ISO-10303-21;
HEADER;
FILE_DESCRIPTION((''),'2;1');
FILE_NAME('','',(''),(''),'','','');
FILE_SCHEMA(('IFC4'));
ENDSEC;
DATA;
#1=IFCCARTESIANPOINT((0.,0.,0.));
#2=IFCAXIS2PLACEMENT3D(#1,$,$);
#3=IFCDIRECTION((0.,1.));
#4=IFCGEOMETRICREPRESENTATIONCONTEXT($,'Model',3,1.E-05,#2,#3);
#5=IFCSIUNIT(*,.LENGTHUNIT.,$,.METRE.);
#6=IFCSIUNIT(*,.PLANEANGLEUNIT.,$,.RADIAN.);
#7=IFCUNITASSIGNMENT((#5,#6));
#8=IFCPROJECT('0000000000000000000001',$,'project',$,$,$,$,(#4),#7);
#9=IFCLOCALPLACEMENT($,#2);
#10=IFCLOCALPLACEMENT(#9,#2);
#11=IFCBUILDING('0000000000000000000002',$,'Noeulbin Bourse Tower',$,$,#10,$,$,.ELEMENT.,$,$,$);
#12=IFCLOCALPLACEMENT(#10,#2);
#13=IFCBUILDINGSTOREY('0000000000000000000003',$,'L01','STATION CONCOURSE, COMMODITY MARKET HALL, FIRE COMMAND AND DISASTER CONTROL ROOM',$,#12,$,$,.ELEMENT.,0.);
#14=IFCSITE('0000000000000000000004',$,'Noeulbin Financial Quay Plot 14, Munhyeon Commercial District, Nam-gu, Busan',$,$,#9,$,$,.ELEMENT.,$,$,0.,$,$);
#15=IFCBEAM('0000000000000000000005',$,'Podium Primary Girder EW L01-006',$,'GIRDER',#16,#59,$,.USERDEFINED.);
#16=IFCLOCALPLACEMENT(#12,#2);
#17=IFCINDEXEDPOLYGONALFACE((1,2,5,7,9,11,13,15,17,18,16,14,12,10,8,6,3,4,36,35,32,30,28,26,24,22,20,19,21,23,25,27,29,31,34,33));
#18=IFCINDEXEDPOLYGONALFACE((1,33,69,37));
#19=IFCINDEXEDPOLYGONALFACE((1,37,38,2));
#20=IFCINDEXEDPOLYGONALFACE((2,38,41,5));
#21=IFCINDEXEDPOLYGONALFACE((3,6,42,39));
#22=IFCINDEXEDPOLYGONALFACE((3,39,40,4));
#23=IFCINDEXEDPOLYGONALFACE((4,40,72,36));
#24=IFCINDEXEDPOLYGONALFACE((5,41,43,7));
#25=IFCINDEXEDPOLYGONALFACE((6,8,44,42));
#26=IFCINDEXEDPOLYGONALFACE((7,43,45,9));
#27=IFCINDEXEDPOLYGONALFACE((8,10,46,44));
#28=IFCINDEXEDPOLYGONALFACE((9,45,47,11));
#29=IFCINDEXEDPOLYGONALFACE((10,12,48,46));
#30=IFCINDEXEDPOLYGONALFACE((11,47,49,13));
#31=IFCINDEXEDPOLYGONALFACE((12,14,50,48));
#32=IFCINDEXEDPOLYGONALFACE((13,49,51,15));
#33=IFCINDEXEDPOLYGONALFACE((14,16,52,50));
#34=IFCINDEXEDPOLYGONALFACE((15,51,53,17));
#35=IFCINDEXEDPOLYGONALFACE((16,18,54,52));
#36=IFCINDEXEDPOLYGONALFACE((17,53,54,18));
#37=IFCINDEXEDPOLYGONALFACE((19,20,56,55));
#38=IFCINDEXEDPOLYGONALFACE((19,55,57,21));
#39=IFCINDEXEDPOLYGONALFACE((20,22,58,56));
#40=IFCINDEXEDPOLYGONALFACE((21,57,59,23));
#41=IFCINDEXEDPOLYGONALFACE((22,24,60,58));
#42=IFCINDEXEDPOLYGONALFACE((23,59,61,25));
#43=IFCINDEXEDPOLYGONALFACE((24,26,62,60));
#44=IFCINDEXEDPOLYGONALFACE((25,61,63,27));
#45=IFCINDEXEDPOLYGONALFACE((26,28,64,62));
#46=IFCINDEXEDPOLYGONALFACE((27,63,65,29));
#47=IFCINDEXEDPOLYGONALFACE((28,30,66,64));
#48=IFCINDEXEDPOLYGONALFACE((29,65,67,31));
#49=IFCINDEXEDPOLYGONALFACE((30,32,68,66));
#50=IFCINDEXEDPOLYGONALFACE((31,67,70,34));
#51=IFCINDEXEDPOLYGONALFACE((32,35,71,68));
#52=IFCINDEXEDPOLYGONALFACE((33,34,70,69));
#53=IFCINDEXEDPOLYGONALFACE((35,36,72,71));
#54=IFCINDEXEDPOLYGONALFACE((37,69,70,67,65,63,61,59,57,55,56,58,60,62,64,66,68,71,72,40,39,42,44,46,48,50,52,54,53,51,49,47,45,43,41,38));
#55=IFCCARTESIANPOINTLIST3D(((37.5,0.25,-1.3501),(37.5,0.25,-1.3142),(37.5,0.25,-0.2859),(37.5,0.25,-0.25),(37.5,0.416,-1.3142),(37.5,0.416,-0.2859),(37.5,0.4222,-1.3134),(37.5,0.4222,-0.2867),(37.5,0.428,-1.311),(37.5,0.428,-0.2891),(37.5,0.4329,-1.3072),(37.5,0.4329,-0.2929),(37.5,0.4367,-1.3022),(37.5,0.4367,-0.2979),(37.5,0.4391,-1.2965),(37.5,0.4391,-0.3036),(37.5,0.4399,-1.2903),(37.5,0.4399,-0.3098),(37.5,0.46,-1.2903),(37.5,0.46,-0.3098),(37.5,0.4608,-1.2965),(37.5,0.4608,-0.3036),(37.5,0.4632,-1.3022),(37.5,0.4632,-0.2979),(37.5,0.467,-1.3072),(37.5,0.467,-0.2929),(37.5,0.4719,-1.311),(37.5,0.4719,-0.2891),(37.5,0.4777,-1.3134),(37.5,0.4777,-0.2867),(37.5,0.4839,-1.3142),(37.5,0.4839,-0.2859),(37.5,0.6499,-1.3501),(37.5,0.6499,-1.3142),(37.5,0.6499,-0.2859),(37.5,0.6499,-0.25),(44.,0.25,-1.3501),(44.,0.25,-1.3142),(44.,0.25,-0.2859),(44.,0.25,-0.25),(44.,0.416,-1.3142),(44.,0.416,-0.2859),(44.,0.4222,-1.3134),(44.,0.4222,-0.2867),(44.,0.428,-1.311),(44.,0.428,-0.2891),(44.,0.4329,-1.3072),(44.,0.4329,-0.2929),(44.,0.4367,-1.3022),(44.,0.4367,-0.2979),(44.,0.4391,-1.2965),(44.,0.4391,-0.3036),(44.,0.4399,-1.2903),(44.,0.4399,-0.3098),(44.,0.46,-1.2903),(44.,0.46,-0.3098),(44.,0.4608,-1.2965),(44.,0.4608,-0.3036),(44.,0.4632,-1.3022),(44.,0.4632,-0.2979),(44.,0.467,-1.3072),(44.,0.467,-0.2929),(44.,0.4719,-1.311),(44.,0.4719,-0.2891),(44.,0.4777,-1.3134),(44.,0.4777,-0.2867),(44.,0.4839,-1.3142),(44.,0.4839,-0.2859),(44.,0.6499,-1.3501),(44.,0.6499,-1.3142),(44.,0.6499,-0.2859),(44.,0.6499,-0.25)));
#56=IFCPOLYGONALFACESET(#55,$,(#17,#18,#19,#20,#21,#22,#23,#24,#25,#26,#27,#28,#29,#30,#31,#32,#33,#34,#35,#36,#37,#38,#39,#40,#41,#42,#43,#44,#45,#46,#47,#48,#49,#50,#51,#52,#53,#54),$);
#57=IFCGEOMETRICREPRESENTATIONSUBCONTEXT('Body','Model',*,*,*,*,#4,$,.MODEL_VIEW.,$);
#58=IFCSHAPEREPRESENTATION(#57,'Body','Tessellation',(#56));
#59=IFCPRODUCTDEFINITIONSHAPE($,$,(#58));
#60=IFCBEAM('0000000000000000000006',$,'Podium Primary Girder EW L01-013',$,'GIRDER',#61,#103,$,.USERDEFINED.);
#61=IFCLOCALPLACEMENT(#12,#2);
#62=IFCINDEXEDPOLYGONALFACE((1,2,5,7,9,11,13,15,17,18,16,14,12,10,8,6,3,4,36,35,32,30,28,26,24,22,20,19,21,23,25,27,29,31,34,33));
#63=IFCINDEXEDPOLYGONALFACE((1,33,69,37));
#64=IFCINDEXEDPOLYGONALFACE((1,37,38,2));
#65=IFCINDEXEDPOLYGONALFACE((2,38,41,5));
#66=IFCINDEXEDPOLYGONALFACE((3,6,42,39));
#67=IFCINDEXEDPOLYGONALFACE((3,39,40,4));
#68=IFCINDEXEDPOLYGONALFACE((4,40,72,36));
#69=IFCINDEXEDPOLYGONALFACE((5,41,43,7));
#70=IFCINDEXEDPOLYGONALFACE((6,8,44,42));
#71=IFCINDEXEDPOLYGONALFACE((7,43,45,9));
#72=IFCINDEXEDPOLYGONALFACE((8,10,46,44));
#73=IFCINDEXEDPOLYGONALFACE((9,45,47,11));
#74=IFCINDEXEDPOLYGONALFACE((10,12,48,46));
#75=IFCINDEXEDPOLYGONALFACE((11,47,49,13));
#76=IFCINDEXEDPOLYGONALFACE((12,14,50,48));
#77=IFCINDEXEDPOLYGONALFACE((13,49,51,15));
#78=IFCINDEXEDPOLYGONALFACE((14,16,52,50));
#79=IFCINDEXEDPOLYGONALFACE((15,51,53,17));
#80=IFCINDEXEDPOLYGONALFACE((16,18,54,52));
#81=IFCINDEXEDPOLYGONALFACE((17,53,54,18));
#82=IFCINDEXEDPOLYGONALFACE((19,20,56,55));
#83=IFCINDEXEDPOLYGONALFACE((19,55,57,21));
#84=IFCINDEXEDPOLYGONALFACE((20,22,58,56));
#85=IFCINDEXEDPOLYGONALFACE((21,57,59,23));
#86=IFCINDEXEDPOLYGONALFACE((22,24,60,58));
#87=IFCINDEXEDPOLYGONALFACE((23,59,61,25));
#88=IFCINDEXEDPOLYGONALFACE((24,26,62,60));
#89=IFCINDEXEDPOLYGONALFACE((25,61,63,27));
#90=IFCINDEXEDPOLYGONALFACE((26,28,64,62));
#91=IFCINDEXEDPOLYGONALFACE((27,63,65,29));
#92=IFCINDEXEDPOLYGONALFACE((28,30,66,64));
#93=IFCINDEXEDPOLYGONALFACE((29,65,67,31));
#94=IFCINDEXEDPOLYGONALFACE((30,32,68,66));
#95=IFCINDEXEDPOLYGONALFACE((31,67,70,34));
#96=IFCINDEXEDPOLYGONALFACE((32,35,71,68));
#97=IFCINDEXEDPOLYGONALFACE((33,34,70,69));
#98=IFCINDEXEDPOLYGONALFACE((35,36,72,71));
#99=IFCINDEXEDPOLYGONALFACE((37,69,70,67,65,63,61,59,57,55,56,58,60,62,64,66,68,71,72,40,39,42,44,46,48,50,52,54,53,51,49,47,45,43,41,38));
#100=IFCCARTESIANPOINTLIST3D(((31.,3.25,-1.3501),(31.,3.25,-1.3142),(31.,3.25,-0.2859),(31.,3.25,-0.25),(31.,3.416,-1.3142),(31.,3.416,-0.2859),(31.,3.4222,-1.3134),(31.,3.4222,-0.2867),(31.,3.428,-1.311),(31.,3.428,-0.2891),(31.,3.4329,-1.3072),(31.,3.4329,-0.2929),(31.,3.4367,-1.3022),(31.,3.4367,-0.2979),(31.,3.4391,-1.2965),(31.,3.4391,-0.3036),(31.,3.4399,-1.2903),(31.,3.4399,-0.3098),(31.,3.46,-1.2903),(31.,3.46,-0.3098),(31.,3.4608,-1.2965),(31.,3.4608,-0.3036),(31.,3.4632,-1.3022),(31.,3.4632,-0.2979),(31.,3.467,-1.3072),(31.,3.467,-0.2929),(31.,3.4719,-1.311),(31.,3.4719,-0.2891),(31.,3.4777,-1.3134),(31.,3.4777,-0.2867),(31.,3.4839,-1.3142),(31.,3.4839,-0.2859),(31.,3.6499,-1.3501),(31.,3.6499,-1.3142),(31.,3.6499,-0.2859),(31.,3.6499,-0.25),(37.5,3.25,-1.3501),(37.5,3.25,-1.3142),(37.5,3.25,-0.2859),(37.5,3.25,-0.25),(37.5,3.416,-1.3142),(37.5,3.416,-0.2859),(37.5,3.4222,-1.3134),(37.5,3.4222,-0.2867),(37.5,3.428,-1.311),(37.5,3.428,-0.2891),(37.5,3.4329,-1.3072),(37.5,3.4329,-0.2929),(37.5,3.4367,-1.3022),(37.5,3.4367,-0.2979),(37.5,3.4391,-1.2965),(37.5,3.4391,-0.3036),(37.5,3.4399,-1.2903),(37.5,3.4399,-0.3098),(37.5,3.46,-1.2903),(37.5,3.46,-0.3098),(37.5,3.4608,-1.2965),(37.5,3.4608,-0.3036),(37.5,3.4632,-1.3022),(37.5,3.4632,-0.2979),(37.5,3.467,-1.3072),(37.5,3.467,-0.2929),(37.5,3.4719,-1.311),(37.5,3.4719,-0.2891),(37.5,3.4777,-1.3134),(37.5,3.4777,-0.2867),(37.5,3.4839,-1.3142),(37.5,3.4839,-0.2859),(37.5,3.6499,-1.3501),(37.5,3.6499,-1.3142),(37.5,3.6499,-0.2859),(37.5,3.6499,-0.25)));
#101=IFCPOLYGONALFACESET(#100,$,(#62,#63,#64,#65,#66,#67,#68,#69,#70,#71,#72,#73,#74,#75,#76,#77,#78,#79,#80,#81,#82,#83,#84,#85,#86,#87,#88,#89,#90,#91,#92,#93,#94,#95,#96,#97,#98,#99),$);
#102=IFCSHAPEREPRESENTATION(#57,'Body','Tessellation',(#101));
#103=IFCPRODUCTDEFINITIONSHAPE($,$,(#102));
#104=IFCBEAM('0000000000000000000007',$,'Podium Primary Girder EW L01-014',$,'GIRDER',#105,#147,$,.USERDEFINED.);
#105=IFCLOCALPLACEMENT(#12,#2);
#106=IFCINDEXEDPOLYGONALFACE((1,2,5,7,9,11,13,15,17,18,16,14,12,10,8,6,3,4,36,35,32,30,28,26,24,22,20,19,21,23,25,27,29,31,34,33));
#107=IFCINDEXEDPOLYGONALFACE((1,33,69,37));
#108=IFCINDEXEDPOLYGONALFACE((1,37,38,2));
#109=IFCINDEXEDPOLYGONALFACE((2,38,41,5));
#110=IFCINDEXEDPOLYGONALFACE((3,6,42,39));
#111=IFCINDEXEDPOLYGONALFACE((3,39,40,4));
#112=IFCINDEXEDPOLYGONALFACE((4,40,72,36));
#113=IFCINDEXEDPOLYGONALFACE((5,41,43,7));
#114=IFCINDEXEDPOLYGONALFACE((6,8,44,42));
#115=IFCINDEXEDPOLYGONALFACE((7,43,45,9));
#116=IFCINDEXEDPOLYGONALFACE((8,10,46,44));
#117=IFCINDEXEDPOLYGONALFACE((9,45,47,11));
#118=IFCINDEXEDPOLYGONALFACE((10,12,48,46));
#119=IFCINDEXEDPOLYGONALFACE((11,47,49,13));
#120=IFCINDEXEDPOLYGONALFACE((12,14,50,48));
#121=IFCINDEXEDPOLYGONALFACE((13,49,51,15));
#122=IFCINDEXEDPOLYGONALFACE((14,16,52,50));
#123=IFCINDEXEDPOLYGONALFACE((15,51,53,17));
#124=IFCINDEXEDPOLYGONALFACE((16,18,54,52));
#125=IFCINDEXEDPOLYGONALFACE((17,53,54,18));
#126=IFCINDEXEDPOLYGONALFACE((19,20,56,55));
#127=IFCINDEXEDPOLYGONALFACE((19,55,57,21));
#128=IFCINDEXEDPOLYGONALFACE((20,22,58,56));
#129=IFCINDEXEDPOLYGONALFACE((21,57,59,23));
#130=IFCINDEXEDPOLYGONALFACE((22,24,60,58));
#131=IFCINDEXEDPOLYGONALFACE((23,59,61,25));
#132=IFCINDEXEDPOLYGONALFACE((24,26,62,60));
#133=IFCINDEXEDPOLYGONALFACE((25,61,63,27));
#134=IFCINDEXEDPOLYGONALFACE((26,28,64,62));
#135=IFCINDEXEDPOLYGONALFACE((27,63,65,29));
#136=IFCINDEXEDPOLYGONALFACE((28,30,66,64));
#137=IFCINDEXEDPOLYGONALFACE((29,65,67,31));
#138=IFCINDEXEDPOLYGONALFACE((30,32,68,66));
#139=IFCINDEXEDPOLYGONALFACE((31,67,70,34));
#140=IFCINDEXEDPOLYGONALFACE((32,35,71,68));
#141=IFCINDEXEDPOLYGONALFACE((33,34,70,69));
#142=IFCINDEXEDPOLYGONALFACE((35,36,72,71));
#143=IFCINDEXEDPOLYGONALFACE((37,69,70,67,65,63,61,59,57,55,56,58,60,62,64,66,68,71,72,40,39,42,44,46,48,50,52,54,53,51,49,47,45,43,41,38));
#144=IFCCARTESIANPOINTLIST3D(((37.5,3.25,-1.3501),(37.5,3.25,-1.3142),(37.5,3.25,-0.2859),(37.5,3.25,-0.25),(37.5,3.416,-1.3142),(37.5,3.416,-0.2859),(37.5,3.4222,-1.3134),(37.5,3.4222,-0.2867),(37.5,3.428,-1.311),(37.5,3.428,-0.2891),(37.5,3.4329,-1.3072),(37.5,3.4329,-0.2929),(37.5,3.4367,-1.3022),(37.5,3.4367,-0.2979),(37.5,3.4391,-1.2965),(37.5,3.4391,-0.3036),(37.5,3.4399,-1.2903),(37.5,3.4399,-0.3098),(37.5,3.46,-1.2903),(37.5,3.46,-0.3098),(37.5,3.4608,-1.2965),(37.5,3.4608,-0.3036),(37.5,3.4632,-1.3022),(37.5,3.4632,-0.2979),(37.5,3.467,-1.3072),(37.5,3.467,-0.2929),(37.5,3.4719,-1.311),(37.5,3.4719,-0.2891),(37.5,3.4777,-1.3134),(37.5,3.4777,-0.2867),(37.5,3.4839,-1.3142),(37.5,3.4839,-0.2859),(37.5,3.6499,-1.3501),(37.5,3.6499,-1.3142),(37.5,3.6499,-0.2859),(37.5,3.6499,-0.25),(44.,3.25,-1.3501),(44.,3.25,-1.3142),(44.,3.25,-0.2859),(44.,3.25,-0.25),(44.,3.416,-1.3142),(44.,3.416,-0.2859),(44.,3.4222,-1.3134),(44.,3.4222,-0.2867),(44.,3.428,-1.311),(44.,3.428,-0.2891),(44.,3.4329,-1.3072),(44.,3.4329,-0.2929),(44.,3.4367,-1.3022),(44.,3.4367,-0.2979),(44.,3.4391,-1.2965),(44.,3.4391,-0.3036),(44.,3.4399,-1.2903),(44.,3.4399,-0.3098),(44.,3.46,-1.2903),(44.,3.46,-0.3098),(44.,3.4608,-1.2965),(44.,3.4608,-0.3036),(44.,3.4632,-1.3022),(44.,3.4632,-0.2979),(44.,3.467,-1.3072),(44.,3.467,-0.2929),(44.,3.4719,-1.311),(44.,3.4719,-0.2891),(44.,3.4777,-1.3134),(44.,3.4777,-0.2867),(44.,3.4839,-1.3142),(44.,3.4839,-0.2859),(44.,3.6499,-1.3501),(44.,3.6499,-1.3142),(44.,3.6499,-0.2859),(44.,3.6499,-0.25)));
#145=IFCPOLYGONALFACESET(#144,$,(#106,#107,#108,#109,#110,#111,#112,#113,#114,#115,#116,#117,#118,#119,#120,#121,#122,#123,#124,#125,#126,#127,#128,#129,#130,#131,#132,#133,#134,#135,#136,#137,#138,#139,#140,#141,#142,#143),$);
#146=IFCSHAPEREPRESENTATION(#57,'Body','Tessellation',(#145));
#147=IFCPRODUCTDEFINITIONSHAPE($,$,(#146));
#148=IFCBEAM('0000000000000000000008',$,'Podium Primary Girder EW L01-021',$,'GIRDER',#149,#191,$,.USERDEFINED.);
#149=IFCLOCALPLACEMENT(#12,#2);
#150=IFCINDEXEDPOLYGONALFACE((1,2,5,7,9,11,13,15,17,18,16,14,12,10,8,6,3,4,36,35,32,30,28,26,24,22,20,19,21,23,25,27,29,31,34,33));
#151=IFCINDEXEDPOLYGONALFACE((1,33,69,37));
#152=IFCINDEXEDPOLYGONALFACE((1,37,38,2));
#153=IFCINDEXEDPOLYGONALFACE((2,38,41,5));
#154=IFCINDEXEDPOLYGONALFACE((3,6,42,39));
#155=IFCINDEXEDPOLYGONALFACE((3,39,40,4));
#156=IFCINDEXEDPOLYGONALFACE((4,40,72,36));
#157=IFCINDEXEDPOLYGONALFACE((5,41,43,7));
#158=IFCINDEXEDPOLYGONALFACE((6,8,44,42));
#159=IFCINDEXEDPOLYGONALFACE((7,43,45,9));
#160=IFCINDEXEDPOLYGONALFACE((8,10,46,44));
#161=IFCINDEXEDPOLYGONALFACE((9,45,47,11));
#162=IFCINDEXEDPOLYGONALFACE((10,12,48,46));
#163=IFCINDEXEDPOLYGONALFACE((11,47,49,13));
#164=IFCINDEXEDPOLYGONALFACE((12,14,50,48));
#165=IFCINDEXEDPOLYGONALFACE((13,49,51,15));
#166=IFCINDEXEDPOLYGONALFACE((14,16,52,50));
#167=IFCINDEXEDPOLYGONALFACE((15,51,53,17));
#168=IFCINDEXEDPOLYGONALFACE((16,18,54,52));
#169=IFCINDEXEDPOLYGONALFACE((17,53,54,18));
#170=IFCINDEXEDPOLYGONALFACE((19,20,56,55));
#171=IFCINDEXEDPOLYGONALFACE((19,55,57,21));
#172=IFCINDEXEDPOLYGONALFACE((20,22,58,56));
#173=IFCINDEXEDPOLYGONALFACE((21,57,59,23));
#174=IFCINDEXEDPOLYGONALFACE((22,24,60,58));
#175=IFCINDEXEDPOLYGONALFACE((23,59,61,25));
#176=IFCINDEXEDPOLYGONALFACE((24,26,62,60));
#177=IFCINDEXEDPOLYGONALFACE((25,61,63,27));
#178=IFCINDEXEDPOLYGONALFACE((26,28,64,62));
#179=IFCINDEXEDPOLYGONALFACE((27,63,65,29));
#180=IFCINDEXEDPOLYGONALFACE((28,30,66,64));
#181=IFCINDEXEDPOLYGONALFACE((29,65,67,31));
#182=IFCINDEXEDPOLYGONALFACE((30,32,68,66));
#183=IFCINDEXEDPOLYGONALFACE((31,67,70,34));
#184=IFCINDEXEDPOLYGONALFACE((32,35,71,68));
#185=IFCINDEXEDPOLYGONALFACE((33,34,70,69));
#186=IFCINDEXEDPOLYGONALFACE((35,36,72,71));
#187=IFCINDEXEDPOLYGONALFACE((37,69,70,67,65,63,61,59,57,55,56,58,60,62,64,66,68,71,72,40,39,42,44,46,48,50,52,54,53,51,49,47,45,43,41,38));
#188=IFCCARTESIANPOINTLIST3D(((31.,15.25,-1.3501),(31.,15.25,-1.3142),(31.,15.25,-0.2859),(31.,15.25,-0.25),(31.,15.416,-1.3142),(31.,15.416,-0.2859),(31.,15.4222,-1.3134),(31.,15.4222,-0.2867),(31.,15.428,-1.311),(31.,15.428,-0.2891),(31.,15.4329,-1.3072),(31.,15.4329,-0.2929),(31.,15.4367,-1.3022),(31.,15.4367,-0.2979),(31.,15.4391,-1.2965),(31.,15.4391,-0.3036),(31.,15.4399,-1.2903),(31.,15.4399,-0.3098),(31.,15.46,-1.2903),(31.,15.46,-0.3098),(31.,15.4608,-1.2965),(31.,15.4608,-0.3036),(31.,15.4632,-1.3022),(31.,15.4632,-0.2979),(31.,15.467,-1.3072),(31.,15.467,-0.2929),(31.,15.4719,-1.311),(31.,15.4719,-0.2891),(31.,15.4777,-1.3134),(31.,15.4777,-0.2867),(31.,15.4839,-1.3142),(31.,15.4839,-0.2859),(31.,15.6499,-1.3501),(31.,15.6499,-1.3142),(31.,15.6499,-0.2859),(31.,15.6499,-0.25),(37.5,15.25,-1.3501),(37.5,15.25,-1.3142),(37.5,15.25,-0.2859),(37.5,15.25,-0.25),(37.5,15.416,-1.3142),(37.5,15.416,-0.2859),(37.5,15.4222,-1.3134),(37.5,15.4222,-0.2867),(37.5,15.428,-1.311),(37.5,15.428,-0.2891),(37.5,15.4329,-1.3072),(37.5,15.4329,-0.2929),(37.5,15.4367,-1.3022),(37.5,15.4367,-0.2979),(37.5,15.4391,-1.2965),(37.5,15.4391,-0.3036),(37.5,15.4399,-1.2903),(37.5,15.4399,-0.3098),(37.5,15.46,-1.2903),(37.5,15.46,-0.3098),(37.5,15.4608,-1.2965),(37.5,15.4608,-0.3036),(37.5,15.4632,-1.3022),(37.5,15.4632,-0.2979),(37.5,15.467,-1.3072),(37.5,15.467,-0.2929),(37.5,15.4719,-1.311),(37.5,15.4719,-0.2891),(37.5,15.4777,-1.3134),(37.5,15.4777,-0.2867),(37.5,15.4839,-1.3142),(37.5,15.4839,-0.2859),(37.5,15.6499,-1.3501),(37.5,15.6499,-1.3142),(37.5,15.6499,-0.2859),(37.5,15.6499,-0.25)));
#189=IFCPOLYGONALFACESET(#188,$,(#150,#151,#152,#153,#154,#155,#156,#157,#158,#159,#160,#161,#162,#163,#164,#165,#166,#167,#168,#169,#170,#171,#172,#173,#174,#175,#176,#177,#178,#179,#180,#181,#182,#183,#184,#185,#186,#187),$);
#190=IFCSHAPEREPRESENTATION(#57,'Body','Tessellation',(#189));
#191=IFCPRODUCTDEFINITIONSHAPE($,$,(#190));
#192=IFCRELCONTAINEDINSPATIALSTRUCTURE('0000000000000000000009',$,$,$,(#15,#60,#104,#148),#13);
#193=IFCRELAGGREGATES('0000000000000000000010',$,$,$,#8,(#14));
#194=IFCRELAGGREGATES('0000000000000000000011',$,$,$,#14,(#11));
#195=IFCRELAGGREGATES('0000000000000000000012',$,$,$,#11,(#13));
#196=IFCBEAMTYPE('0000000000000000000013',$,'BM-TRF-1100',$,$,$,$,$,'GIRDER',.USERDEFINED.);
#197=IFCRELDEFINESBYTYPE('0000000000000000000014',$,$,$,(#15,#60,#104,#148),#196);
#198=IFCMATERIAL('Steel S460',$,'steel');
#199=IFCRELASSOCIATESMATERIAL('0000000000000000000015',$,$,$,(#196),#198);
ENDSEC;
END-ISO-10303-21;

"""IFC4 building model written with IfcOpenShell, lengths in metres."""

from ifc_helpers import new_model, si_unit, direction, frame, origin, origin_2d, place, context, subcontext, project, spatial, i_section, extrude, material, material_profile, profile_set, type_object, element, save


model = new_model("IFC4")

# Units and contexts
model_context = context("Model", 3, precision=1e-05, world=origin(), true_north=direction((0.0, 1.0)))
body_context = subcontext(model_context, "Body", "Model", "MODEL_VIEW")
ifc_project = project(units=[si_unit("LENGTHUNIT", "METRE"), si_unit("PLANEANGLEUNIT", "RADIAN")], contexts=[model_context])

# Site, building, storey
site_placement = place(None, origin())
site = spatial("IfcSite", under=ifc_project, at=site_placement, Name="Noeulbin Financial Quay Plot 14, Munhyeon Commercial District, Nam-gu, Busan", CompositionType="ELEMENT", RefElevation=0.0)
building_placement = place(site_placement, origin())
building = spatial("IfcBuilding", under=site, at=building_placement, Name="Noeulbin Bourse Tower", CompositionType="ELEMENT")
storey_placement = place(building_placement, origin())
storey = spatial("IfcBuildingStorey", under=building, at=storey_placement, Name="L01", Description="STATION CONCOURSE, COMMODITY MARKET HALL, FIRE COMMAND AND DISASTER CONTROL ROOM", CompositionType="ELEMENT", Elevation=0.0)

# Beams
ifc_material_1 = material(Name="Steel S460", Category="steel")
ifc_material_profile_1 = material_profile(ifc_material_1, i_section(OverallWidth=0.3999, OverallDepth=1.1001, WebThickness=0.02, FlangeThickness=0.0359, FilletRadius=0.0239, at=origin_2d()), Name="PG-1100x400x20x36", Category="LoadBearing")
ifc_profile_set_1 = profile_set([ifc_material_profile_1], Name="Steel S460")
beam_type_1 = type_object("IfcBeamType", Name="BM-TRF-1100", ElementType="GIRDER", PredefinedType="USERDEFINED", material=ifc_profile_set_1)
for number, where, z_axis, x_axis, name in (
    (1, (37.5, 0.45, -0.8), (1.0, 0.0, 0.0), (0.0, 1.0, 0.0), "Podium Primary Girder EW L01-006"),
    (2, (31.0, 3.45, -0.8), (1.0, 0.0, 0.0), (0.0, 1.0, 0.0), "Podium Primary Girder EW L01-013"),
    (3, (37.5, 3.45, -0.8), (1.0, 0.0, 0.0), (0.0, 1.0, 0.0), "Podium Primary Girder EW L01-014"),
    (4, (31.0, 15.45, -0.8), (1.0, 0.0, 0.0), (0.0, 1.0, 0.0), "Podium Primary Girder EW L01-021"),
):
    element("IfcBeam", number, at=place(storey_placement, frame(where, z_axis=z_axis, x_axis=x_axis)), inside=storey, type_object=beam_type_1, Name=name, ObjectType="GIRDER", PredefinedType="USERDEFINED", context=body_context, shape_type="SweptSolid", body=[
        extrude(i_section(OverallWidth=0.3999, OverallDepth=1.1001, WebThickness=0.02, FlangeThickness=0.0359, FilletRadius=0.0239, at=origin_2d()), origin(), (0.0, 0.0, 1.0), 6.5),
    ])

save(model, "model.ifc")
